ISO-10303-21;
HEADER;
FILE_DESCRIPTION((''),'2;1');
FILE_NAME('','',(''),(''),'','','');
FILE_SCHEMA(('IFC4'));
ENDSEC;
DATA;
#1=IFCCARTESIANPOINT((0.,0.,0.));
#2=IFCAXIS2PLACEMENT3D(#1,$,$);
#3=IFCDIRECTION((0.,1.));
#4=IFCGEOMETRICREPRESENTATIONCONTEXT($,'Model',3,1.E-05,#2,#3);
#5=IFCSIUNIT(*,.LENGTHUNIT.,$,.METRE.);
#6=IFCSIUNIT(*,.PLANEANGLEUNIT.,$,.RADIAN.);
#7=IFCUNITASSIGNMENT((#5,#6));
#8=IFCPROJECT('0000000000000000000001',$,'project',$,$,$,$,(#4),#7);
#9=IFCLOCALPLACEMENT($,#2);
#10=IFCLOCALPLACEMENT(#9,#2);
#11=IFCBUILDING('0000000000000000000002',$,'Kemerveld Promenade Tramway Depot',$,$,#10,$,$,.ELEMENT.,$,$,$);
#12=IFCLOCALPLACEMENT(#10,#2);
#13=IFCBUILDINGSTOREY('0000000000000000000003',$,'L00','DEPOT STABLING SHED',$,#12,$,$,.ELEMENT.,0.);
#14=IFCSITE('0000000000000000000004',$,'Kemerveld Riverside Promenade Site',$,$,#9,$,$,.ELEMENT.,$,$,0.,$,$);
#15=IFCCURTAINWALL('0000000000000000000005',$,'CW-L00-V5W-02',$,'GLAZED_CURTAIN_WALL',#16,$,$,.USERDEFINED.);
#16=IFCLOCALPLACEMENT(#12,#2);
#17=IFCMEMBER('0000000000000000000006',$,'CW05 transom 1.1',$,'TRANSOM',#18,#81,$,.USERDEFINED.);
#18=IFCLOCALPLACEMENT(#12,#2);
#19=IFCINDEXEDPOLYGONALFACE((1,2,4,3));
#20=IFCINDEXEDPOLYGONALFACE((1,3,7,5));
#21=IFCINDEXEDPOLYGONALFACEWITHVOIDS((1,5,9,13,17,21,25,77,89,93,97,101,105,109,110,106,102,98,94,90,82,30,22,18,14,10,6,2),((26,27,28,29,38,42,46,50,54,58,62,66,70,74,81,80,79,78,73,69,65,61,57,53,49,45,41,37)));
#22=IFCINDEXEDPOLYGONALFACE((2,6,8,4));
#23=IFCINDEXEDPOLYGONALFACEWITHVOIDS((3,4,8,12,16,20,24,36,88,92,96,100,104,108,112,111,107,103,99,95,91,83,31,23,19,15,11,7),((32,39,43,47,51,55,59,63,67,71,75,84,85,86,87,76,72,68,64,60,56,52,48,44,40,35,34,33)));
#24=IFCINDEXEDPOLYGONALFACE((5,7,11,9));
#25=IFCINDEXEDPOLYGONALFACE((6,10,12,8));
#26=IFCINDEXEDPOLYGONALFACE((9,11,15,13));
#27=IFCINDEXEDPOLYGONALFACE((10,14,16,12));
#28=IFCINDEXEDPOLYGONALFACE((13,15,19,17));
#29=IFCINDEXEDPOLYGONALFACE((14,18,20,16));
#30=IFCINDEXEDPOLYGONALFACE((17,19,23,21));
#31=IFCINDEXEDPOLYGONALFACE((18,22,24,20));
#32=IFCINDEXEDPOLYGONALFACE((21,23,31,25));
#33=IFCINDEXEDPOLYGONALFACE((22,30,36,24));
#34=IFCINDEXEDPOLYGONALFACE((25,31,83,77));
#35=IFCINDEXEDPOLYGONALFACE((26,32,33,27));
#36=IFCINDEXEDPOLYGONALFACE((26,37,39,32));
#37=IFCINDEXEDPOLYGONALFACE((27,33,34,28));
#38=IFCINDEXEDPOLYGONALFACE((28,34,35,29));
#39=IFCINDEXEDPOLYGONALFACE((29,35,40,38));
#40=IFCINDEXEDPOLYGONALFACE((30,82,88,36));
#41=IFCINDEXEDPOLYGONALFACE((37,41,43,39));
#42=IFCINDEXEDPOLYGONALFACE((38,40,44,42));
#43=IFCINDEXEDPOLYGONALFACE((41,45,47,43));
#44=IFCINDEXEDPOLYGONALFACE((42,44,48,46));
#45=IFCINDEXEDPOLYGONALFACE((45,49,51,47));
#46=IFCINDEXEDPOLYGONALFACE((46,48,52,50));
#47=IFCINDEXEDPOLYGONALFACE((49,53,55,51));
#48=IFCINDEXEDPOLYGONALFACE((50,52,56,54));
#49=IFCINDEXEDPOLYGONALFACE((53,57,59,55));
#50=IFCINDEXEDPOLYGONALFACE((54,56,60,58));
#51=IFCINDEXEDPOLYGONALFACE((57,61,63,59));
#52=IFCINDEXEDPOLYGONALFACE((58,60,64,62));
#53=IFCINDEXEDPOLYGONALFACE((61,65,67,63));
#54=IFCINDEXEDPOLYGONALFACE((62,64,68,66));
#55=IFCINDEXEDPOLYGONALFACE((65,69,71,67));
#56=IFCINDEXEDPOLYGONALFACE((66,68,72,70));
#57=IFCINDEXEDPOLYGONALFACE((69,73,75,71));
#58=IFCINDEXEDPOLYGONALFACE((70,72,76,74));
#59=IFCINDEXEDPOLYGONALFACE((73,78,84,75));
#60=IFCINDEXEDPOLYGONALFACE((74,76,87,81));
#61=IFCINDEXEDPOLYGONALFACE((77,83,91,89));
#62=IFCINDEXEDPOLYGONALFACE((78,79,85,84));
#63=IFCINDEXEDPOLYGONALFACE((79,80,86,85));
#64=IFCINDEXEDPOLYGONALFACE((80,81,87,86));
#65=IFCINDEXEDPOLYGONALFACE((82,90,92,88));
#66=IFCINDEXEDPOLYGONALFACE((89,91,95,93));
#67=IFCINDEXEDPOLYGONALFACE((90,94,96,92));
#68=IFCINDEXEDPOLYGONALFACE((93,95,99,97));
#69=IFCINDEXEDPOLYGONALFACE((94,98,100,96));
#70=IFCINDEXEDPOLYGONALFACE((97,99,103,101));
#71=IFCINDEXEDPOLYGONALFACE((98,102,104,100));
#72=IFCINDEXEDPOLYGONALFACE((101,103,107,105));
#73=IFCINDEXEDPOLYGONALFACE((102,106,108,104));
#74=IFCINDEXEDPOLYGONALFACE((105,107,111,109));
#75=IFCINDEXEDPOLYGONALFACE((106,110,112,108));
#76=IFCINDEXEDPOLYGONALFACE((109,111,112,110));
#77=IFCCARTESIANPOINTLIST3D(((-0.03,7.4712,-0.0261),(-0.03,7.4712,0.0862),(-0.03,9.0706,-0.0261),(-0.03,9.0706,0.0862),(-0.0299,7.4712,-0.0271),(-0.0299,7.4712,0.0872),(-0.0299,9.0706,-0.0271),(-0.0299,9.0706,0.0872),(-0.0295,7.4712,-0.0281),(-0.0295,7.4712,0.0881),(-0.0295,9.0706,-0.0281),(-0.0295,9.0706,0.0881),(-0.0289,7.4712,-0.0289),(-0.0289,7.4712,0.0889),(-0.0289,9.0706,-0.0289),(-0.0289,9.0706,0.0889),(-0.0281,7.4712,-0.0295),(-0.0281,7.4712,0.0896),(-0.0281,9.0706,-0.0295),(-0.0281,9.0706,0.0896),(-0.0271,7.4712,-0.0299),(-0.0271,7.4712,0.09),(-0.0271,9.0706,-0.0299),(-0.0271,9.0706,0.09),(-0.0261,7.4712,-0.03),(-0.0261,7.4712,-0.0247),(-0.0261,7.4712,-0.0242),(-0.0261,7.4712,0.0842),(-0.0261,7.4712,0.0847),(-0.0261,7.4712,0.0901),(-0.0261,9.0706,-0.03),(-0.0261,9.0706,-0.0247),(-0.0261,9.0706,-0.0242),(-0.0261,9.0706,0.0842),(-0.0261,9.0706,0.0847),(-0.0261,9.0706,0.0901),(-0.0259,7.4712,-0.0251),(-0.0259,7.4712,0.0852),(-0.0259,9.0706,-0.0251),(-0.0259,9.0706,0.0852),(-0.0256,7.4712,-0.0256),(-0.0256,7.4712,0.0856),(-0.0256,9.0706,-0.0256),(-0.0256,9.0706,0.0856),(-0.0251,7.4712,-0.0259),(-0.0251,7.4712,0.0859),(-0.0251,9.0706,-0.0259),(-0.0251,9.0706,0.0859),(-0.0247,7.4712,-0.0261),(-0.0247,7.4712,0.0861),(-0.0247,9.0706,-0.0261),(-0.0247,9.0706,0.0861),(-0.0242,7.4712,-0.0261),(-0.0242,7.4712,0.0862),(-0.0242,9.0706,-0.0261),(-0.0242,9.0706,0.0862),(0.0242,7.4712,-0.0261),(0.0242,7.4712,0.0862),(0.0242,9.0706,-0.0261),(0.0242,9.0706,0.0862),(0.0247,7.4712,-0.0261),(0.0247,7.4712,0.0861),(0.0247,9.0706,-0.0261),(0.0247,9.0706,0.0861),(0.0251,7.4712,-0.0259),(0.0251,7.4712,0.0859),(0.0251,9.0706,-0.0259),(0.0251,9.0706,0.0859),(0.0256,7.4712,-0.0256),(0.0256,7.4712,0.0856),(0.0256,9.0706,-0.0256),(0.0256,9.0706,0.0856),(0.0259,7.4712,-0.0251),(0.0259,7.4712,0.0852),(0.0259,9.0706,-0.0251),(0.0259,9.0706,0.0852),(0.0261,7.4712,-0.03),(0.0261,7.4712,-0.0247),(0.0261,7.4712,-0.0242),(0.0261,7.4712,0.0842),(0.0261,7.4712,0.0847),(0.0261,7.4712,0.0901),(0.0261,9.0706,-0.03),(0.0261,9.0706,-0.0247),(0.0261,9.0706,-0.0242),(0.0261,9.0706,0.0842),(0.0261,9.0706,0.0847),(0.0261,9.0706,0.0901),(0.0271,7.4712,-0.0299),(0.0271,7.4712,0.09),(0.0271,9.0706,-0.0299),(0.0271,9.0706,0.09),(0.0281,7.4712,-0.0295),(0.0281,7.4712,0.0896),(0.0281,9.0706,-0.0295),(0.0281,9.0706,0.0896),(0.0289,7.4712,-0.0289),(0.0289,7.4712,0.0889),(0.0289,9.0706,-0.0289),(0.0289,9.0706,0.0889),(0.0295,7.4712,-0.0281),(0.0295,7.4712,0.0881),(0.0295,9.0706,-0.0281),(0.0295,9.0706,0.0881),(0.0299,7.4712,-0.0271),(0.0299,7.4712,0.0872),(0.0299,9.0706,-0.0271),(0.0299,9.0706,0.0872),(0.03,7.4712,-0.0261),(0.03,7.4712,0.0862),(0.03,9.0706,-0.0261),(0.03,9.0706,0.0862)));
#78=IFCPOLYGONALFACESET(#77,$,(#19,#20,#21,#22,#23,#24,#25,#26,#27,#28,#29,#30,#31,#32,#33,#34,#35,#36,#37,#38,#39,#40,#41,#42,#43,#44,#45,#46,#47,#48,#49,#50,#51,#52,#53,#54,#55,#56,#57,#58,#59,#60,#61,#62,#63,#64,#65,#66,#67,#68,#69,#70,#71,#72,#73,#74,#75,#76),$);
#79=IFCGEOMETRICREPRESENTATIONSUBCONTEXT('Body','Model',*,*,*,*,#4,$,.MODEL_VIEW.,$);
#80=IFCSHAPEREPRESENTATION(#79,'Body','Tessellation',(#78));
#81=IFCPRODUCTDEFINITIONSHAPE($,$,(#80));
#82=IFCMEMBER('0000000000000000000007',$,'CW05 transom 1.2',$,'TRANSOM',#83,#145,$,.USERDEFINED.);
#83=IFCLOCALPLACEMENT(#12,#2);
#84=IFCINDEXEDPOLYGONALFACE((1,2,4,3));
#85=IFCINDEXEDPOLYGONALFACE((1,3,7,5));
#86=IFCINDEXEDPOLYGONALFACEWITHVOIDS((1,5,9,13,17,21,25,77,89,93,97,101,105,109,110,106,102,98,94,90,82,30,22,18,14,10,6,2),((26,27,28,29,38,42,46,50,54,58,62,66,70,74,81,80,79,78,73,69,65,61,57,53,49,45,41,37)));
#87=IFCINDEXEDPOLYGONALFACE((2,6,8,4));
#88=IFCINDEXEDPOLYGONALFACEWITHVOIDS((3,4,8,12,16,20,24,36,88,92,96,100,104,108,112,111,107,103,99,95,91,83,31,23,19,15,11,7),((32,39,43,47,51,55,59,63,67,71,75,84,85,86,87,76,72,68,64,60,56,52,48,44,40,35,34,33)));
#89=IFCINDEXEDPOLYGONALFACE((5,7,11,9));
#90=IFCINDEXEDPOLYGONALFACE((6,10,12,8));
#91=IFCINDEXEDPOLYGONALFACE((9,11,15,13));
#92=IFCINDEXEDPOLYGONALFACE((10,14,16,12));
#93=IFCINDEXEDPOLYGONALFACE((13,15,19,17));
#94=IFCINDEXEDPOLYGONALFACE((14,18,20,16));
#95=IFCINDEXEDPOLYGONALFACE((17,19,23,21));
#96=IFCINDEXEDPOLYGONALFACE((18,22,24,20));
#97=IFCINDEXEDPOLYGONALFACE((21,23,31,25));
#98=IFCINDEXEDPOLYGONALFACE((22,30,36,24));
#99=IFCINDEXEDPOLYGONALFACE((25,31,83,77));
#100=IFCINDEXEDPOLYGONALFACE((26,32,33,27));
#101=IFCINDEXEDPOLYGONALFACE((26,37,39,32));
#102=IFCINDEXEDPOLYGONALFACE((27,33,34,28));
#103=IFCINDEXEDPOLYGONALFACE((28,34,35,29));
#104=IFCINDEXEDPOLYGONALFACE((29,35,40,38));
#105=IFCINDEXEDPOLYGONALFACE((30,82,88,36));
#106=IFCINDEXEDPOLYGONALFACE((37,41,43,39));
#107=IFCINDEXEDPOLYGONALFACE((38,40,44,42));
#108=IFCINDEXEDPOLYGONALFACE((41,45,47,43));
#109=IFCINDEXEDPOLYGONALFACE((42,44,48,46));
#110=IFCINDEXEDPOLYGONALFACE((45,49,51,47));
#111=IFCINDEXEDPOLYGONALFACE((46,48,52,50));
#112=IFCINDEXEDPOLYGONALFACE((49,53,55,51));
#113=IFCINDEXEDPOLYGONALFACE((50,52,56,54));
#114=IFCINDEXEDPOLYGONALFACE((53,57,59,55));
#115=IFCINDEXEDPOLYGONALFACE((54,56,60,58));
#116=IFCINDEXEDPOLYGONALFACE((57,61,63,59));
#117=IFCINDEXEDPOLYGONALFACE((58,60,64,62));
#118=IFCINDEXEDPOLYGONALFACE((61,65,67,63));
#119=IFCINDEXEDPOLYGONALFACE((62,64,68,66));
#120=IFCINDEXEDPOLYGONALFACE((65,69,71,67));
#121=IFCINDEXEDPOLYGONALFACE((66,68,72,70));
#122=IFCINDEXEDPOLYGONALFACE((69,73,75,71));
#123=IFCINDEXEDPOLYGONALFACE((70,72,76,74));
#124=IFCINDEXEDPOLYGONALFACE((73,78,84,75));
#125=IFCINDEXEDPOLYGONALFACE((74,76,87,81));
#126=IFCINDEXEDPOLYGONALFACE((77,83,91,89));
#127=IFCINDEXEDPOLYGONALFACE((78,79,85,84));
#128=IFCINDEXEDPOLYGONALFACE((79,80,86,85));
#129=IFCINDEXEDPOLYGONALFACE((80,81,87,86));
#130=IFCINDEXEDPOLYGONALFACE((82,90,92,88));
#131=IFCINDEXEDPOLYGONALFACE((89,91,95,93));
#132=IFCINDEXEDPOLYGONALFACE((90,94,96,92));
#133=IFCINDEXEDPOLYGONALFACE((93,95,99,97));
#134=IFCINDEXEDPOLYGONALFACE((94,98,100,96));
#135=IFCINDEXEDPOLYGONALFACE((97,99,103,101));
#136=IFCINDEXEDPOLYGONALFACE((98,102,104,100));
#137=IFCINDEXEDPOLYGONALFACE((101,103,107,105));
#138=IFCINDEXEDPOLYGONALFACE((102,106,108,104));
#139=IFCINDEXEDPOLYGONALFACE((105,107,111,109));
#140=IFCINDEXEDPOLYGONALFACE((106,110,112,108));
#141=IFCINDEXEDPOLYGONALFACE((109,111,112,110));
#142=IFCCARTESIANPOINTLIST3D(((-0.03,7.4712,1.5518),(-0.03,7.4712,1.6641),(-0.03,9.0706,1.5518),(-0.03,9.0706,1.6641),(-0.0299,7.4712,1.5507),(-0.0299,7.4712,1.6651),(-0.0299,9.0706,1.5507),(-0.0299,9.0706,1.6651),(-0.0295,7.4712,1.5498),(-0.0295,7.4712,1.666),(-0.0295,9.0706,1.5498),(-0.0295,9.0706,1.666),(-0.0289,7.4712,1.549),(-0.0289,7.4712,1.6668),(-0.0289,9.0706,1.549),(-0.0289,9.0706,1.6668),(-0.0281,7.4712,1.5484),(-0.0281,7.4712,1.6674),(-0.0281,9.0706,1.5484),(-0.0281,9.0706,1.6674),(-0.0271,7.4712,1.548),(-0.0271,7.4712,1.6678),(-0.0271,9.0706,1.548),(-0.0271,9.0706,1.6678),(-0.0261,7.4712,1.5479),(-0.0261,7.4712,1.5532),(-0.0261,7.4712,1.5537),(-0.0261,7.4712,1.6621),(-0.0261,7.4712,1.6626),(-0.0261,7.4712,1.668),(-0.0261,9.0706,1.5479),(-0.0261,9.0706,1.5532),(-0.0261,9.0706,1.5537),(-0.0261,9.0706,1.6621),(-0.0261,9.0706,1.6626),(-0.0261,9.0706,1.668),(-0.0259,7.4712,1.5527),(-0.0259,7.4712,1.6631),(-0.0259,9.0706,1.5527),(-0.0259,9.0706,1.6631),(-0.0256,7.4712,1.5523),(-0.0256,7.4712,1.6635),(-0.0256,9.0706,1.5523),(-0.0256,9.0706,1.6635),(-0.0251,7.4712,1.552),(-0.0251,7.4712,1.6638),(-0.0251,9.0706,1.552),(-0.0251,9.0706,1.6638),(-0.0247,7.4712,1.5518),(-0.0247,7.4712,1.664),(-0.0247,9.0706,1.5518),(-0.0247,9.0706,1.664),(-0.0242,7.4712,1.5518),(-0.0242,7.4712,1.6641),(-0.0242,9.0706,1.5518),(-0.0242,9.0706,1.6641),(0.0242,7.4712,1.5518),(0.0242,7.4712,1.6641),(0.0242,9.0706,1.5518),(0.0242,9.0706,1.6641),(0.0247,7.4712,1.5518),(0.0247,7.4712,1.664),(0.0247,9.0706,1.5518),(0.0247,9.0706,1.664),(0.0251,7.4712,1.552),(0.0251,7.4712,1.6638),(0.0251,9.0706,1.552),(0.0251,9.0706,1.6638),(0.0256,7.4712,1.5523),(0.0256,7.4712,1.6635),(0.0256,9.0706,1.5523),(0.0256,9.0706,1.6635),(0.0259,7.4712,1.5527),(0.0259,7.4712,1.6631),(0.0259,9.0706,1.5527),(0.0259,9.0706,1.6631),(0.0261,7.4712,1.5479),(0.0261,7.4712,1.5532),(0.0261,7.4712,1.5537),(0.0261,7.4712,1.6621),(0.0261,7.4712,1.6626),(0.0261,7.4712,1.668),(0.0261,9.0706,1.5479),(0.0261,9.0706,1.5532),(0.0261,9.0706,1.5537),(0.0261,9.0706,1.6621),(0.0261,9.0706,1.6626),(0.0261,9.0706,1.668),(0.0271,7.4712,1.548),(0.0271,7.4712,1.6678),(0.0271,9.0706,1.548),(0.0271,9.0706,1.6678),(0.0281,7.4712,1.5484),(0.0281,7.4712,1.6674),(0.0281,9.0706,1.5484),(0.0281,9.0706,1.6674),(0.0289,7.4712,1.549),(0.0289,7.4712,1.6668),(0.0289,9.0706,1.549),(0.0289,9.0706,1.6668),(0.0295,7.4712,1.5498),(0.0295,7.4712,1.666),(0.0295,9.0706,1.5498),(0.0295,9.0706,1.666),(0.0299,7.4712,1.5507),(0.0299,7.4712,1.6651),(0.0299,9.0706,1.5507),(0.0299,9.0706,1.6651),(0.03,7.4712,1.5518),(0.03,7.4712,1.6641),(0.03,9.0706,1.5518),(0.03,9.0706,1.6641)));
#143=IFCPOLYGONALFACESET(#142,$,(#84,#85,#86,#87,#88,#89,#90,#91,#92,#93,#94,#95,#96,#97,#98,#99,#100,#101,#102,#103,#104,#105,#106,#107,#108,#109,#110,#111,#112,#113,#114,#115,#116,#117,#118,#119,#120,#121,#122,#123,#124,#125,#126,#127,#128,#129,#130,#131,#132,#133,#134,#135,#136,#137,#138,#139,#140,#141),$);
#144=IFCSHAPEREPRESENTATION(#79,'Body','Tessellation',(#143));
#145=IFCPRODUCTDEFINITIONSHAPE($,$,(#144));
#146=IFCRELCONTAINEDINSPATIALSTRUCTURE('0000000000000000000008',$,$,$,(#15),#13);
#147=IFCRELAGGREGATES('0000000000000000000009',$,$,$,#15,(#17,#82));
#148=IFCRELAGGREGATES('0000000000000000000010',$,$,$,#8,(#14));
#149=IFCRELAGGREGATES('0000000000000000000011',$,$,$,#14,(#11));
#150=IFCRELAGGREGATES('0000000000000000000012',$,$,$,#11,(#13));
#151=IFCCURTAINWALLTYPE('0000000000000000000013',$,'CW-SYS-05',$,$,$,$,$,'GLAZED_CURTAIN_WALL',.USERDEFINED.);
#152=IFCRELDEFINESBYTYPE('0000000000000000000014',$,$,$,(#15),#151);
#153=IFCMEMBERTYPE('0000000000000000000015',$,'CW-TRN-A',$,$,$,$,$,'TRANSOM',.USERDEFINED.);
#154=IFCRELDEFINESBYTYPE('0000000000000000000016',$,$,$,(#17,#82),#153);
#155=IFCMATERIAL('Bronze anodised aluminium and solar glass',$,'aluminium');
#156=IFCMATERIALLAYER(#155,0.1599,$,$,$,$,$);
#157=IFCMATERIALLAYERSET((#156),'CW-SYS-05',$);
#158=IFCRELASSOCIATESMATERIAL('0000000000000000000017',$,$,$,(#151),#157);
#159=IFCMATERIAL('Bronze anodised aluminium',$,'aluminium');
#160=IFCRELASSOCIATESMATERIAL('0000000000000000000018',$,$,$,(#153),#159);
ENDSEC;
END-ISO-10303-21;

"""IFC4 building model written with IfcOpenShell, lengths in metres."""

from ifc_helpers import new_model, si_unit, direction, frame, origin, origin_2d, place, context, subcontext, project, spatial, hollow_rectangle, extrude, material, layer, layer_set, material_profile, profile_set, type_object, element, aggregate, save


model = new_model("IFC4")

# Units and contexts
model_context = context("Model", 3, precision=1e-05, world=origin(), true_north=direction((0.0, 1.0)))
body_context = subcontext(model_context, "Body", "Model", "MODEL_VIEW")
ifc_project = project(units=[si_unit("LENGTHUNIT", "METRE"), si_unit("PLANEANGLEUNIT", "RADIAN")], contexts=[model_context])

# Site, building, storey
site_placement = place(None, origin())
site = spatial("IfcSite", under=ifc_project, at=site_placement, Name="Kemerveld Riverside Promenade Site", CompositionType="ELEMENT", RefElevation=0.0)
building_placement = place(site_placement, origin())
building = spatial("IfcBuilding", under=site, at=building_placement, Name="Kemerveld Promenade Tramway Depot", CompositionType="ELEMENT")
storey_placement = place(building_placement, origin())
storey = spatial("IfcBuildingStorey", under=building, at=storey_placement, Name="L00", Description="DEPOT STABLING SHED", CompositionType="ELEMENT", Elevation=0.0)

# Curtain wall, members
ifc_material_1 = material(Name="Bronze anodised aluminium and solar glass", Category="aluminium")
ifc_layer_1 = layer(ifc_material_1, 0.1599)
ifc_layer_set_1 = layer_set([ifc_layer_1], Name="CW-SYS-05")
curtain_wall_type = type_object("IfcCurtainWallType", Name="CW-SYS-05", ElementType="GLAZED_CURTAIN_WALL", PredefinedType="USERDEFINED", material=ifc_layer_set_1)
curtain_wall_placement = place(storey_placement, origin())
curtain_wall = element("IfcCurtainWall", 1, at=curtain_wall_placement, inside=storey, type_object=curtain_wall_type, Name="CW-L00-V5W-02", ObjectType="GLAZED_CURTAIN_WALL", PredefinedType="USERDEFINED")
ifc_material_2 = material(Name="Bronze anodised aluminium", Category="aluminium")
ifc_material_profile_1 = material_profile(ifc_material_2, hollow_rectangle(XDim=0.0601, YDim=0.1201, WallThickness=0.0039, InnerFilletRadius=0.002, OuterFilletRadius=0.0039, at=origin_2d()), Name="CW-TRN-120x60")
ifc_profile_set_1 = profile_set([ifc_material_profile_1], Name="Bronze anodised aluminium")
member_type_1 = type_object("IfcMemberType", Name="CW-TRN-A", ElementType="TRANSOM", PredefinedType="USERDEFINED", material=ifc_profile_set_1)
member_1_placement = place(storey_placement, frame((0.0, 7.4712, 0.03), z_axis=(0.0, 1.0, 0.0), x_axis=(-1.0, 0.0, 0.0)))
member_1 = element("IfcMember", 2, at=member_1_placement, type_object=member_type_1, Name="CW05 transom 1.1", ObjectType="TRANSOM", PredefinedType="USERDEFINED", context=body_context, shape_type="SweptSolid", body=[
    extrude(hollow_rectangle(XDim=0.0601, YDim=0.1201, WallThickness=0.0039, InnerFilletRadius=0.002, OuterFilletRadius=0.0039, at=origin_2d()), origin(), (0.0, 0.0, 1.0), 1.5994),
])
member_2_placement = place(storey_placement, frame((0.0, 7.4712, 1.6079), z_axis=(0.0, 1.0, 0.0), x_axis=(-1.0, 0.0, 0.0)))
member_2 = element("IfcMember", 3, at=member_2_placement, type_object=member_type_1, Name="CW05 transom 1.2", ObjectType="TRANSOM", PredefinedType="USERDEFINED", context=body_context, shape_type="SweptSolid", body=[
    extrude(hollow_rectangle(XDim=0.0601, YDim=0.1201, WallThickness=0.0039, InnerFilletRadius=0.002, OuterFilletRadius=0.0039, at=origin_2d()), origin(), (0.0, 0.0, 1.0), 1.5994),
])
aggregate(curtain_wall, [member_1, member_2])

save(model, "model.ifc")
